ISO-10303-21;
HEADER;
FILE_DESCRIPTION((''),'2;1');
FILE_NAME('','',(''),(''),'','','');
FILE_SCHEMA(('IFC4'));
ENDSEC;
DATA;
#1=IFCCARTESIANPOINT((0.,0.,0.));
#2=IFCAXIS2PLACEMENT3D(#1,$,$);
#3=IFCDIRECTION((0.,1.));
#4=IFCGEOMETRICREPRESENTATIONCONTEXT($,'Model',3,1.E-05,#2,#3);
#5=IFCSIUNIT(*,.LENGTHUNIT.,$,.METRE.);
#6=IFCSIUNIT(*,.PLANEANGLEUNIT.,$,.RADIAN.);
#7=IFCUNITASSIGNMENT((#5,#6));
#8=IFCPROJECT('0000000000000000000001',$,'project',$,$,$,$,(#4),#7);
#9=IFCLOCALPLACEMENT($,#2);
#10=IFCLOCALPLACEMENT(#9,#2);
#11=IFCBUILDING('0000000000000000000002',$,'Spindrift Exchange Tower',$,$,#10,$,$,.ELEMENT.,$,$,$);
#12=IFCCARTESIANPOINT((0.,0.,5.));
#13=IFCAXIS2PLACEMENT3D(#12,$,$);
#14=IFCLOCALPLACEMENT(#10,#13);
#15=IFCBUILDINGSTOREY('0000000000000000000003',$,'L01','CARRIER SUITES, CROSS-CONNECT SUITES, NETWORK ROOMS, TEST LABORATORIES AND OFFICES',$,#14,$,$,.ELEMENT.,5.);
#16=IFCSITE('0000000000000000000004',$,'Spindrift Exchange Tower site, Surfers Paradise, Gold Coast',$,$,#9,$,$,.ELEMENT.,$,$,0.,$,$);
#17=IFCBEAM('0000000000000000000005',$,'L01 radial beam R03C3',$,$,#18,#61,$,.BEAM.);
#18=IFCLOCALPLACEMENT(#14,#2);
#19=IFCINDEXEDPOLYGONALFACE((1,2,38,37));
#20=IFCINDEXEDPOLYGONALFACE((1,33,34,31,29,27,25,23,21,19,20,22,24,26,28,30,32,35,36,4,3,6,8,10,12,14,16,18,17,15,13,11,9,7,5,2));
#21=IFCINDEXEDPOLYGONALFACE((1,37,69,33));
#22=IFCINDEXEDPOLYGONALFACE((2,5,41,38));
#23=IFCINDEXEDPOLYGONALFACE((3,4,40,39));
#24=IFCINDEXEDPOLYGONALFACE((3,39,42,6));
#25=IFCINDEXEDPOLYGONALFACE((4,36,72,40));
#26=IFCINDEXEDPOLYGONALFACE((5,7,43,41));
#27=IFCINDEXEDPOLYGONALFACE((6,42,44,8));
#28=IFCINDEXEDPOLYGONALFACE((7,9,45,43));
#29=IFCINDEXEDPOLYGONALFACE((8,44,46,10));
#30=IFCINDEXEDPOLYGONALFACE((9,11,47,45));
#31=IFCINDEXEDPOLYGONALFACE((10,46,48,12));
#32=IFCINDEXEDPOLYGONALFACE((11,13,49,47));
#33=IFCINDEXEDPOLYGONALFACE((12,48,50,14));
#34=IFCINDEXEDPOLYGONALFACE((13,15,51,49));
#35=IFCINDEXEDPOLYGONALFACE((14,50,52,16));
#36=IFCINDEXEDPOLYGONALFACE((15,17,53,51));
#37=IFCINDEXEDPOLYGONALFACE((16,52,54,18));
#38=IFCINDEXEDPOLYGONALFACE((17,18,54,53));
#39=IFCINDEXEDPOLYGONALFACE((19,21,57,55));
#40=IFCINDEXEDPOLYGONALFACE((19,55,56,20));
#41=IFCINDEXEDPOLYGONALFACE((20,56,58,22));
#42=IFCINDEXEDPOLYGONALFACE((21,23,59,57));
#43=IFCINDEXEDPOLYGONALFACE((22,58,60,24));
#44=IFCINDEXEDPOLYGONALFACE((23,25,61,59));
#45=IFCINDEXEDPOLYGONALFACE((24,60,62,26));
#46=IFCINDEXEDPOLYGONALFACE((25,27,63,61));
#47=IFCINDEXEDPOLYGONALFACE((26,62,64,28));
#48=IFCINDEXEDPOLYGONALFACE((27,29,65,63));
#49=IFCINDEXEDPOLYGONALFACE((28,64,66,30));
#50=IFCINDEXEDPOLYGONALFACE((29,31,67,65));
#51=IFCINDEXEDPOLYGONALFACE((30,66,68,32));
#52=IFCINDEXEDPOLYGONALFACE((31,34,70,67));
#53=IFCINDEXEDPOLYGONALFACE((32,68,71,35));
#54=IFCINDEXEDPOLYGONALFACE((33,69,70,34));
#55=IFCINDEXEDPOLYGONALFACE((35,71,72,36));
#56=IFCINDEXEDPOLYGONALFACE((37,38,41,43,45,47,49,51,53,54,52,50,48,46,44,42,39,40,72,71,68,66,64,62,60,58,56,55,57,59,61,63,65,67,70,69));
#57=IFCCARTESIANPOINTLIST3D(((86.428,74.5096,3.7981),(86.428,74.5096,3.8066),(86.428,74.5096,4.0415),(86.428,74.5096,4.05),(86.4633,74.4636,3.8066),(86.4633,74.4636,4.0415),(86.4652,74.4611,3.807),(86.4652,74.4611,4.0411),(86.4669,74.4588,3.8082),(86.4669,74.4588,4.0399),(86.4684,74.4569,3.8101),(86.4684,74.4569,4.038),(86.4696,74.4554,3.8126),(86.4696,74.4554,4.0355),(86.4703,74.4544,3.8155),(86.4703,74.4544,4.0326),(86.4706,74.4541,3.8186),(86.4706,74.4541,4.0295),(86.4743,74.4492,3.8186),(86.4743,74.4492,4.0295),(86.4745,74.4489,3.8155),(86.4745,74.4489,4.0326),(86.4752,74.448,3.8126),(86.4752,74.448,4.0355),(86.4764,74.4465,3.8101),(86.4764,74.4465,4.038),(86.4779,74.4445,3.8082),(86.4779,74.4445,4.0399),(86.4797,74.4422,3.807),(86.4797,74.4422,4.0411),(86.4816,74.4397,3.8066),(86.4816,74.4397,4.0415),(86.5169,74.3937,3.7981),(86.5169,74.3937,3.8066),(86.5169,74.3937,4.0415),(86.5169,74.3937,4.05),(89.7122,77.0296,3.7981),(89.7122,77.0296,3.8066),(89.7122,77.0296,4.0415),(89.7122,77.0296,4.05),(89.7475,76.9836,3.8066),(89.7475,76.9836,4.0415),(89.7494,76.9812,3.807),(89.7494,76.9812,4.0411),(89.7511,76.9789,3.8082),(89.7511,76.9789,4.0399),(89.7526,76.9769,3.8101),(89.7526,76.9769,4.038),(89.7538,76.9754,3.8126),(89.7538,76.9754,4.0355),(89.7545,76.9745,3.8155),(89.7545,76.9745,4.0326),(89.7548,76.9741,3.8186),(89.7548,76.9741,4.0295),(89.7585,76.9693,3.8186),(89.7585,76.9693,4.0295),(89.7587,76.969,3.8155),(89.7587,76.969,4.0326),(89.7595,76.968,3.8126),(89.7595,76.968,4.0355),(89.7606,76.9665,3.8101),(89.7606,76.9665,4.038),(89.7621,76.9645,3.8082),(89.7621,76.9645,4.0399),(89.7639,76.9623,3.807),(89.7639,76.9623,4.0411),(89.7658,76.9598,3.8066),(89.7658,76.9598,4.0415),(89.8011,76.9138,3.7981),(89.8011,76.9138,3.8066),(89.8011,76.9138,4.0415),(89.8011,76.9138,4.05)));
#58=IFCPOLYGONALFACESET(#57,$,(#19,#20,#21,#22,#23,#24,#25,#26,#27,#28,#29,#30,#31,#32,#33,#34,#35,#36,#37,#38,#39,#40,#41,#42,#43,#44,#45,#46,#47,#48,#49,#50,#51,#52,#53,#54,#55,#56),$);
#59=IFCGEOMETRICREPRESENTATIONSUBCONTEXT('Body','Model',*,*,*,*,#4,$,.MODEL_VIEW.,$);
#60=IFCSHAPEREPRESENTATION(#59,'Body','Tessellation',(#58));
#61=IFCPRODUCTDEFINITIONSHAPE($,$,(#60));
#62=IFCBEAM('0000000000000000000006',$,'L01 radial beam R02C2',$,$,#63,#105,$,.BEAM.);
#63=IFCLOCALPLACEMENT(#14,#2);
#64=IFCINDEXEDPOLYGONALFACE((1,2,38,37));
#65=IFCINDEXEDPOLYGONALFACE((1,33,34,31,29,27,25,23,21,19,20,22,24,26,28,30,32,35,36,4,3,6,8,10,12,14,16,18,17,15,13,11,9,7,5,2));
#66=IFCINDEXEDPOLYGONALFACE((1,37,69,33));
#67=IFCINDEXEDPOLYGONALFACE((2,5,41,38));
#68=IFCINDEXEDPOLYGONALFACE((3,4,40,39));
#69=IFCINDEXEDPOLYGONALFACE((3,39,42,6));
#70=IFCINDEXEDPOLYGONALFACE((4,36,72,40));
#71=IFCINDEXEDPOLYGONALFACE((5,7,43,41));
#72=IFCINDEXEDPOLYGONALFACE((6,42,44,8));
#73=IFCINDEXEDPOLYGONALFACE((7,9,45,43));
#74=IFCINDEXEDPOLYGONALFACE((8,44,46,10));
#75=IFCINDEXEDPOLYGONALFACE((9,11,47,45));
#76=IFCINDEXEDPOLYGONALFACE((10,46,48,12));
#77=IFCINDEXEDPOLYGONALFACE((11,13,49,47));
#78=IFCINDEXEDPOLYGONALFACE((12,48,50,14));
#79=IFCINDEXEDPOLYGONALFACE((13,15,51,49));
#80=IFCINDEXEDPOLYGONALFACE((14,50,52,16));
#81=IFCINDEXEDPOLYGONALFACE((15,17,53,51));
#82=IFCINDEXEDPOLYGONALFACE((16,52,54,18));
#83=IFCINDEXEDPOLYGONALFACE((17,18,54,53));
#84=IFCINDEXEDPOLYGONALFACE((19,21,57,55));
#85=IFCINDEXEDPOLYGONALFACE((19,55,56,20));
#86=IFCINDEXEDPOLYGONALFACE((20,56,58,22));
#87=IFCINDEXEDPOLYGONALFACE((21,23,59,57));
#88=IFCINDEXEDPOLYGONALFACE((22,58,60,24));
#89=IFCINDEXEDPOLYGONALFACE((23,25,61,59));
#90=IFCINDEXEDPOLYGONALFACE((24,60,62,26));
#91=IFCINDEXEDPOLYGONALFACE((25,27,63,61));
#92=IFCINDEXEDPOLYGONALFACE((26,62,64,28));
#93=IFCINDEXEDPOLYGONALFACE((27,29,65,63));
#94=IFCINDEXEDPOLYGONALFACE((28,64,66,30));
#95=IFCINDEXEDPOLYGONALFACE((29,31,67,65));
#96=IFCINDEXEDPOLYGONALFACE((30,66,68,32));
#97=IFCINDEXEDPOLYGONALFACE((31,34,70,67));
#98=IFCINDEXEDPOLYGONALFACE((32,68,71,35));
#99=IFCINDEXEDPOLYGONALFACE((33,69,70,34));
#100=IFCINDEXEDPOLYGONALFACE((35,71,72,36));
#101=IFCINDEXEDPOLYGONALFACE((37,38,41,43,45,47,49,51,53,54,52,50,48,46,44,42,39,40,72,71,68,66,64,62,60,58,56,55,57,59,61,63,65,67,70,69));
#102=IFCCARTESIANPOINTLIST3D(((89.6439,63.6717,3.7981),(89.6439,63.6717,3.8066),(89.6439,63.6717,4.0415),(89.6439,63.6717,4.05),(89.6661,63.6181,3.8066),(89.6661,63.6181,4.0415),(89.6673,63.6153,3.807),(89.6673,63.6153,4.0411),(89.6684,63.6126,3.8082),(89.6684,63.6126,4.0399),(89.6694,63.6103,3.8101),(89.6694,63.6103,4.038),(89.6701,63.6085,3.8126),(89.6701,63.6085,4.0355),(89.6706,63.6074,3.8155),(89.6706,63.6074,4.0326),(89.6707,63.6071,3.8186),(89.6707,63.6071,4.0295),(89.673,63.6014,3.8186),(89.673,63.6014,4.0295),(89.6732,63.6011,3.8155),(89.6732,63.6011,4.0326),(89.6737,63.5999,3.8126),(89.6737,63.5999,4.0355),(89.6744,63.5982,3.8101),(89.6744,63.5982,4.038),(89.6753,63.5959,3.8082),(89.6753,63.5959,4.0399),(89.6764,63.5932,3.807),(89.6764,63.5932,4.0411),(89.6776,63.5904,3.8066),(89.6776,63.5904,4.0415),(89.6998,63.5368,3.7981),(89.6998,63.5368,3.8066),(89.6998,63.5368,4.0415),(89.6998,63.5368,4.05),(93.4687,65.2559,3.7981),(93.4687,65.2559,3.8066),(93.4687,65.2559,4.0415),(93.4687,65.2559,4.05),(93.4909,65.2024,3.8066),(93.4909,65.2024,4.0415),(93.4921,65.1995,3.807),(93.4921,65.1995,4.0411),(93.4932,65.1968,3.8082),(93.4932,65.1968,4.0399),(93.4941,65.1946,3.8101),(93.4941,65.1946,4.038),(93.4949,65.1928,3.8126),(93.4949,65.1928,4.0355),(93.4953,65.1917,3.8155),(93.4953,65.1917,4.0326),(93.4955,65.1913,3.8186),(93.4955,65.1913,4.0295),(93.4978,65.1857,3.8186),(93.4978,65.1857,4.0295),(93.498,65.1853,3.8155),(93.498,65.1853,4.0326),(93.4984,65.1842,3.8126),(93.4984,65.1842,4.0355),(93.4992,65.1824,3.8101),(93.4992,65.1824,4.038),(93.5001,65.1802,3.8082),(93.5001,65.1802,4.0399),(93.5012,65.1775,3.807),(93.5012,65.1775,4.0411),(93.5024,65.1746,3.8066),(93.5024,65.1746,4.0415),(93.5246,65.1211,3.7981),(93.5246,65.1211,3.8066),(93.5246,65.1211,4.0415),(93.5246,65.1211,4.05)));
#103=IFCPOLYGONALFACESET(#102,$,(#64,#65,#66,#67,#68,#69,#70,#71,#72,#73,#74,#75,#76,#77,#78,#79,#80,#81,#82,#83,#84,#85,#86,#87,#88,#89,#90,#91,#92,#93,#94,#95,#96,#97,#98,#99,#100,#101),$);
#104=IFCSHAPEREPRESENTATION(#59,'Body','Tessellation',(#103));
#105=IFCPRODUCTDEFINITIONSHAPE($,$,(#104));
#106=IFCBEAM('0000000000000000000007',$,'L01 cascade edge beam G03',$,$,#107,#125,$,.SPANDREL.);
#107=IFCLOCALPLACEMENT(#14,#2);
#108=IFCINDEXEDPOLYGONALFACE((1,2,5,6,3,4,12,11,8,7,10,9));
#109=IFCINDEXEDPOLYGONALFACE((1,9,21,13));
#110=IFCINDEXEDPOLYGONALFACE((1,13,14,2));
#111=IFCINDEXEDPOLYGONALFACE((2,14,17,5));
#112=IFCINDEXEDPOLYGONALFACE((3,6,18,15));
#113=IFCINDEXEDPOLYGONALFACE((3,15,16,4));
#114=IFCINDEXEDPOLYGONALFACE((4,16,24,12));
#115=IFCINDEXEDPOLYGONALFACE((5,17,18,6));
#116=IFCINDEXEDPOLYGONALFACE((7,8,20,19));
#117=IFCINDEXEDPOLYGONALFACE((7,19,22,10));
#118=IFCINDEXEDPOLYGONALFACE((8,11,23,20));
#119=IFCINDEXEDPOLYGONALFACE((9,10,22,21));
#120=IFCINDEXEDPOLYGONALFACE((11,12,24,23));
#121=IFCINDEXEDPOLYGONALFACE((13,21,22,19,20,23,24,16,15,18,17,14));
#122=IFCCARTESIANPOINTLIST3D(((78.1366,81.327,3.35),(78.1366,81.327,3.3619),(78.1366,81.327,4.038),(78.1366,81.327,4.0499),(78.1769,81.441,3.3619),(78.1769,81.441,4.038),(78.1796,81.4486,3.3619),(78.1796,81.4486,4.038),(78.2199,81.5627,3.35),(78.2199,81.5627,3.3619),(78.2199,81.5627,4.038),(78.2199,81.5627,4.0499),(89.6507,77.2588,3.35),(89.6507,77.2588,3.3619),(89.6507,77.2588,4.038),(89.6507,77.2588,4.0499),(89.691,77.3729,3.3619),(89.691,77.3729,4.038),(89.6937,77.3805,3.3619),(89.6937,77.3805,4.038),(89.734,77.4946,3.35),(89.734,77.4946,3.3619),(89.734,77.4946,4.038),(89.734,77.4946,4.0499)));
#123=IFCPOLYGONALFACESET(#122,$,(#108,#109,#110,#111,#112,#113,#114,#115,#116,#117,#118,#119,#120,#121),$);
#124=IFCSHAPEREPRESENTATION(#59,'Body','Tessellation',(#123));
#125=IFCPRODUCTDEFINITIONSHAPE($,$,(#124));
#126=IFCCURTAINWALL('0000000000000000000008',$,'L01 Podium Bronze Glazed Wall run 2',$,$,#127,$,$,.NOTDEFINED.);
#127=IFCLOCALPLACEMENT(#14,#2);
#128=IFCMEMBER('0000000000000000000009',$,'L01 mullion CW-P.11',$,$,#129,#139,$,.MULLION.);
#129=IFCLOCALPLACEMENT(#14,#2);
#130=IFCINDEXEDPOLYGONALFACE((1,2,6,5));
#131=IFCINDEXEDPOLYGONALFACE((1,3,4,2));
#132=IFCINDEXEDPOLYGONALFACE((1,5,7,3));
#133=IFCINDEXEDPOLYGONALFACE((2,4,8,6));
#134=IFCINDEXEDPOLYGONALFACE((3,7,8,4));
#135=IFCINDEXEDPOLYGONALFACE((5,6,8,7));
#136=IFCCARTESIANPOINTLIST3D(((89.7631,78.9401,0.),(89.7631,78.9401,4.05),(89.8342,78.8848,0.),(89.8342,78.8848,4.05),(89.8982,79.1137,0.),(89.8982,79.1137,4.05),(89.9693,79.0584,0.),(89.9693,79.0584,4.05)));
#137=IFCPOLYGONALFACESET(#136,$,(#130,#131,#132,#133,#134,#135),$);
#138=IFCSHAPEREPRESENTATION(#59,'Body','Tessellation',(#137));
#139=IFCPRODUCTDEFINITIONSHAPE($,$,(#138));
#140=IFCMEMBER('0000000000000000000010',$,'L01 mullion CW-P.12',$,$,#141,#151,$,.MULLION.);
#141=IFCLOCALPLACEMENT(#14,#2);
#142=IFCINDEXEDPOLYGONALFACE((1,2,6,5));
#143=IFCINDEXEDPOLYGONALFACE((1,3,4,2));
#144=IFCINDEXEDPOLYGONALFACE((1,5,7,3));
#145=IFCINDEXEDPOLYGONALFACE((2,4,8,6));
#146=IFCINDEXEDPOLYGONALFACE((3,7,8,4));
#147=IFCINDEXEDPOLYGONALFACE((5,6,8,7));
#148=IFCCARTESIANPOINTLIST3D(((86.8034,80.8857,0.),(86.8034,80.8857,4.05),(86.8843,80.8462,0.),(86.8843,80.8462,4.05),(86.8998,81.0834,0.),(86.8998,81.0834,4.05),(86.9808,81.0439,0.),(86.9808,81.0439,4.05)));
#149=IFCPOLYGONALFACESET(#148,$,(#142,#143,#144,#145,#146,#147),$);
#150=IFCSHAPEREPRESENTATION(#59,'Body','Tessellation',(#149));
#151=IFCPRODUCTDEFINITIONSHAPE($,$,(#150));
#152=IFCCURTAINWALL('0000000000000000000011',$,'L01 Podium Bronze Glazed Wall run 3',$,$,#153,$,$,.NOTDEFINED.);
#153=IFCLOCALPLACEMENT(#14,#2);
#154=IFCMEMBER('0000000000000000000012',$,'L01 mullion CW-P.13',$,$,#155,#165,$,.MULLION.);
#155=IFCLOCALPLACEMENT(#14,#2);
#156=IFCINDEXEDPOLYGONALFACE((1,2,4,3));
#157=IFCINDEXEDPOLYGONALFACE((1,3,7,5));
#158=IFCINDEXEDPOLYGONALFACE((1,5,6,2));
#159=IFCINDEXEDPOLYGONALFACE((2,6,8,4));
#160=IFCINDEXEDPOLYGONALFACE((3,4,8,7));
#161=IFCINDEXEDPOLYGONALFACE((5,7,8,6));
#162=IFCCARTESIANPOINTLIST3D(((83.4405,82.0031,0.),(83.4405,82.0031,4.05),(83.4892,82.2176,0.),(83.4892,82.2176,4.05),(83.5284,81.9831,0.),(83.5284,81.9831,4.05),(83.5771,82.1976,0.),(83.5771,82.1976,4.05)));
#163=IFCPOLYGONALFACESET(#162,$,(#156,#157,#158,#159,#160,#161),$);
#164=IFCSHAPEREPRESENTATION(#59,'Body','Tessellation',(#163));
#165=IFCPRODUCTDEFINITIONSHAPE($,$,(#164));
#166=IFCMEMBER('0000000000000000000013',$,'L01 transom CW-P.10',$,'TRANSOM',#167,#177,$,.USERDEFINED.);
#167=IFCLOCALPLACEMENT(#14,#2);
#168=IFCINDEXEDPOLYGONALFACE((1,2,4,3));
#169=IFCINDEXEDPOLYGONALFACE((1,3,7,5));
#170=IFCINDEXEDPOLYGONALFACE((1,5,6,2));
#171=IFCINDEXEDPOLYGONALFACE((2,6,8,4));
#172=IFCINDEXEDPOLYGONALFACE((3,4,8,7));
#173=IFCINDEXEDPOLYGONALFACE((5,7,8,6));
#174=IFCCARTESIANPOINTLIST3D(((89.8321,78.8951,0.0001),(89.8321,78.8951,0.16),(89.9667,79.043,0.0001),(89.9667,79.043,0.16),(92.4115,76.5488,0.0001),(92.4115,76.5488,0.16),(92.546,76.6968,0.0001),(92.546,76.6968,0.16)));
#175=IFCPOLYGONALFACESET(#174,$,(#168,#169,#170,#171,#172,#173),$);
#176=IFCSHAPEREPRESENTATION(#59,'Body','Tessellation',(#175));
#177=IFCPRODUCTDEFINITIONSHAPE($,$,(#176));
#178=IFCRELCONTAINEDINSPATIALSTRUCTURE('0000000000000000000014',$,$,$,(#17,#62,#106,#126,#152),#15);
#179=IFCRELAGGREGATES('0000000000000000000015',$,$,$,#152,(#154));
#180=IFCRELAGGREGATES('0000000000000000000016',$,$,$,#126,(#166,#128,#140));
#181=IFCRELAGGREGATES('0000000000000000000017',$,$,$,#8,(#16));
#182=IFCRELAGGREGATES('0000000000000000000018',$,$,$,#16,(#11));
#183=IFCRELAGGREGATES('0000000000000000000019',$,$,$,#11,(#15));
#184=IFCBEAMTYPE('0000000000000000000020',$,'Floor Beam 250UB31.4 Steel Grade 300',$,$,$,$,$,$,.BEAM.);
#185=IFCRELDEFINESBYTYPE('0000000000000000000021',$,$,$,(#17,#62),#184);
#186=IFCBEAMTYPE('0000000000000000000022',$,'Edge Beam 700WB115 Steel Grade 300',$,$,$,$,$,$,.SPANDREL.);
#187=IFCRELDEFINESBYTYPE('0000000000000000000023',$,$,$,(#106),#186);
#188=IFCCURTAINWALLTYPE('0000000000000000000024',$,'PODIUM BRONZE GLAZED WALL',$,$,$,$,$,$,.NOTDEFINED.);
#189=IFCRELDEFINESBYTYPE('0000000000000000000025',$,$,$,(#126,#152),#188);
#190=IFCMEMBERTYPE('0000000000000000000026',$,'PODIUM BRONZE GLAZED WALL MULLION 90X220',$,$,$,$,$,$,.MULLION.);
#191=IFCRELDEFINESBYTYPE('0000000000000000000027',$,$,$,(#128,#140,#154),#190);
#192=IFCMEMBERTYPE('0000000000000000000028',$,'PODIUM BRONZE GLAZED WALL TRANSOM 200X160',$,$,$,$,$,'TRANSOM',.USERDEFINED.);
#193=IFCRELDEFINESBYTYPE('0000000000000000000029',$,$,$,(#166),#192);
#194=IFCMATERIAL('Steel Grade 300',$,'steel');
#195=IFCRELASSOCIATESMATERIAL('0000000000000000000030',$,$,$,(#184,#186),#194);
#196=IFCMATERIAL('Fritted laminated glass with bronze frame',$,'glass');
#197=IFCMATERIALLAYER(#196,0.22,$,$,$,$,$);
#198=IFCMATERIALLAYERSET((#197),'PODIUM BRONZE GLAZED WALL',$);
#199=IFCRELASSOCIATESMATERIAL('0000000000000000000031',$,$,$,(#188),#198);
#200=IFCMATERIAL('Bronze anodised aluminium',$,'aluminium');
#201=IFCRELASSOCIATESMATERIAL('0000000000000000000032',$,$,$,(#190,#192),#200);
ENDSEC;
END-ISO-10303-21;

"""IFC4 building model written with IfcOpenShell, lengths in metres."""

from ifc_helpers import new_model, si_unit, direction, frame, origin, origin_2d, place, context, subcontext, project, spatial, rectangle, i_section, extrude, source, transform, mapped, material, layer, layer_set, material_profile, profile_set, type_object, element, aggregate, save


model = new_model("IFC4")

# Units and contexts
model_context = context("Model", 3, precision=1e-05, world=origin(), true_north=direction((0.0, 1.0)))
body_context = subcontext(model_context, "Body", "Model", "MODEL_VIEW")
ifc_project = project(units=[si_unit("LENGTHUNIT", "METRE"), si_unit("PLANEANGLEUNIT", "RADIAN")], contexts=[model_context])

# Site, building, storey
site_placement = place(None, origin())
site = spatial("IfcSite", under=ifc_project, at=site_placement, Name="Spindrift Exchange Tower site, Surfers Paradise, Gold Coast", CompositionType="ELEMENT", RefElevation=0.0)
building_placement = place(site_placement, origin())
building = spatial("IfcBuilding", under=site, at=building_placement, Name="Spindrift Exchange Tower", CompositionType="ELEMENT")
storey_placement = place(building_placement, frame((0.0, 0.0, 5.0)))
storey = spatial("IfcBuildingStorey", under=building, at=storey_placement, Name="L01", Description="CARRIER SUITES, CROSS-CONNECT SUITES, NETWORK ROOMS, TEST LABORATORIES AND OFFICES", CompositionType="ELEMENT", Elevation=5.0)

# Beams
ifc_material_1 = material(Name="Steel Grade 300", Category="steel")
ifc_material_profile_1 = material_profile(ifc_material_1, i_section(OverallWidth=0.146, OverallDepth=0.252, WebThickness=0.0061, FlangeThickness=0.0085, FilletRadius=0.012, at=origin_2d()), Name="250UB31.4")
ifc_profile_set_1 = profile_set([ifc_material_profile_1], Name="Steel Grade 300")
beam_type_1 = type_object("IfcBeamType", Name="Floor Beam 250UB31.4 Steel Grade 300", PredefinedType="BEAM", material=ifc_profile_set_1)
shared_shape_1 = source(origin(), body_context, "Body", "SweptSolid", [
    extrude(i_section(OverallWidth=0.146, OverallDepth=0.252, WebThickness=0.0061, FlangeThickness=0.0085, FilletRadius=0.012, at=origin_2d()), origin(), (0.0, 0.0, 1.0), 4.1396),
])
for number, where, z_axis, x_axis, name in (
    (1, (86.4724, 74.4517, 3.9241), (0.793356, 0.608758, 0.0), (-0.608758, 0.793356, 0.0), "L01 radial beam R03C3"),
):
    element("IfcBeam", number, at=place(storey_placement, frame(where, z_axis=z_axis, x_axis=x_axis)), inside=storey, type_object=beam_type_1, Name=name, PredefinedType="BEAM", context=body_context, shape_type="MappedRepresentation", body=[
        mapped(shared_shape_1, transform((0.0, 0.0, 0.0), scale=1.0)),
    ])
shared_shape_2 = source(origin(), body_context, "Body", "SweptSolid", [
    extrude(i_section(OverallWidth=0.146, OverallDepth=0.252, WebThickness=0.0061, FlangeThickness=0.0085, FilletRadius=0.012, at=origin_2d()), origin(), (0.0, 0.0, 1.0), 4.1399),
])
beam_1_placement = place(storey_placement, frame((89.6719, 63.6042, 3.9241), z_axis=(0.923881, 0.38268, 0.0), x_axis=(-0.38268, 0.923881, 0.0)))
element("IfcBeam", 2, at=beam_1_placement, inside=storey, type_object=beam_type_1, Name="L01 radial beam R02C2", PredefinedType="BEAM", context=body_context, shape_type="MappedRepresentation", body=[
    mapped(shared_shape_2, transform((0.0, 0.0, 0.0), scale=1.0)),
])
ifc_material_profile_2 = material_profile(ifc_material_1, i_section(OverallWidth=0.25, OverallDepth=0.7, WebThickness=0.0081, FlangeThickness=0.012, at=origin_2d()), Name="700WB115")
ifc_profile_set_2 = profile_set([ifc_material_profile_2], Name="Steel Grade 300")
beam_type_2 = type_object("IfcBeamType", Name="Edge Beam 700WB115 Steel Grade 300", PredefinedType="SPANDREL", material=ifc_profile_set_2)
shared_shape_3 = source(origin(), body_context, "Body", "SweptSolid", [
    extrude(i_section(OverallWidth=0.25, OverallDepth=0.7, WebThickness=0.0081, FlangeThickness=0.012, at=origin_2d()), origin(), (0.0, 0.0, 1.0), 12.2117),
])
beam_2_placement = place(storey_placement, frame((89.6924, 77.3767, 3.7), z_axis=(-0.94288, 0.333133, 0.0), x_axis=(-0.333133, -0.94288, 0.0)))
element("IfcBeam", 3, at=beam_2_placement, inside=storey, type_object=beam_type_2, Name="L01 cascade edge beam G03", PredefinedType="SPANDREL", context=body_context, shape_type="MappedRepresentation", body=[
    mapped(shared_shape_3, transform((0.0, 0.0, 0.0), scale=1.0)),
])

# Curtain wall, members
ifc_material_2 = material(Name="Fritted laminated glass with bronze frame", Category="glass")
ifc_layer_1 = layer(ifc_material_2, 0.22)
ifc_layer_set_1 = layer_set([ifc_layer_1], Name="PODIUM BRONZE GLAZED WALL")
curtain_wall_type = type_object("IfcCurtainWallType", Name="PODIUM BRONZE GLAZED WALL", PredefinedType="NOTDEFINED", material=ifc_layer_set_1)
curtain_wall_1_placement = place(storey_placement, origin())
curtain_wall_1 = element("IfcCurtainWall", 4, at=curtain_wall_1_placement, inside=storey, type_object=curtain_wall_type, Name="L01 Podium Bronze Glazed Wall run 2", PredefinedType="NOTDEFINED")
ifc_material_3 = material(Name="Bronze anodised aluminium", Category="aluminium")
ifc_material_profile_3 = material_profile(ifc_material_3, rectangle(XDim=0.0901, YDim=0.22, at=origin_2d()), Name="PODIUM BRONZE GLAZED WALL MULLION 90X220")
ifc_profile_set_3 = profile_set([ifc_material_profile_3], Name="Bronze anodised aluminium")
member_type_1 = type_object("IfcMemberType", Name="PODIUM BRONZE GLAZED WALL MULLION 90X220", PredefinedType="MULLION", material=ifc_profile_set_3)
shared_shape_4 = source(origin(), body_context, "Body", "SweptSolid", [
    extrude(rectangle(XDim=0.0901, YDim=0.22, at=origin_2d()), origin(), (0.0, 0.0, 1.0), 4.05),
])
member_1_placement = place(storey_placement, frame((89.8662, 78.9993, 0.0), z_axis=(0.0, 0.0, 1.0), x_axis=(-0.789333, 0.613966, 0.0)))
member_1 = element("IfcMember", 5, at=member_1_placement, type_object=member_type_1, Name="L01 mullion CW-P.11", PredefinedType="MULLION", context=body_context, shape_type="MappedRepresentation", body=[
    mapped(shared_shape_4, transform((0.0, 0.0, 0.0), scale=1.0)),
])
member_2_placement = place(storey_placement, frame((86.8921, 80.9648, 0.0), z_axis=(0.0, 0.0, 1.0), x_axis=(-0.898738, 0.438485, 0.0)))
member_2 = element("IfcMember", 6, at=member_2_placement, type_object=member_type_1, Name="L01 mullion CW-P.12", PredefinedType="MULLION", context=body_context, shape_type="MappedRepresentation", body=[
    mapped(shared_shape_4, transform((0.0, 0.0, 0.0), scale=1.0)),
])

# Curtain wall, member
curtain_wall_2_placement = place(storey_placement, origin())
curtain_wall_2 = element("IfcCurtainWall", 7, at=curtain_wall_2_placement, inside=storey, type_object=curtain_wall_type, Name="L01 Podium Bronze Glazed Wall run 3", PredefinedType="NOTDEFINED")
member_3_placement = place(storey_placement, frame((83.5088, 82.1003, 0.0), z_axis=(0.0, 0.0, 1.0), x_axis=(-0.975207, 0.221296, 0.0)))
member_3 = element("IfcMember", 8, at=member_3_placement, type_object=member_type_1, Name="L01 mullion CW-P.13", PredefinedType="MULLION", context=body_context, shape_type="MappedRepresentation", body=[
    mapped(shared_shape_4, transform((0.0, 0.0, 0.0), scale=1.0)),
])

# Member
ifc_material_profile_4 = material_profile(ifc_material_3, rectangle(XDim=0.2, YDim=0.1599, at=origin_2d()), Name="PODIUM BRONZE GLAZED WALL TRANSOM 200X160")
ifc_profile_set_4 = profile_set([ifc_material_profile_4], Name="Bronze anodised aluminium")
member_type_2 = type_object("IfcMemberType", Name="PODIUM BRONZE GLAZED WALL TRANSOM 200X160", ElementType="TRANSOM", PredefinedType="USERDEFINED", material=ifc_profile_set_4)
shared_shape_5 = source(origin(), body_context, "Body", "SweptSolid", [
    extrude(rectangle(XDim=0.2, YDim=0.1599, at=origin_2d()), origin(), (0.0, 0.0, 1.0), 3.4868),
])
member_4_placement = place(storey_placement, frame((92.4788, 76.6228, 0.0801), z_axis=(-0.73975, 0.672882, 0.0), x_axis=(-0.672882, -0.73975, 0.0)))
member_4 = element("IfcMember", 9, at=member_4_placement, type_object=member_type_2, Name="L01 transom CW-P.10", ObjectType="TRANSOM", PredefinedType="USERDEFINED", context=body_context, shape_type="MappedRepresentation", body=[
    mapped(shared_shape_5, transform((0.0, 0.0, 0.0), scale=1.0)),
])
aggregate(curtain_wall_2, [member_3])

aggregate(curtain_wall_1, [member_4, member_1, member_2])

save(model, "model.ifc")
